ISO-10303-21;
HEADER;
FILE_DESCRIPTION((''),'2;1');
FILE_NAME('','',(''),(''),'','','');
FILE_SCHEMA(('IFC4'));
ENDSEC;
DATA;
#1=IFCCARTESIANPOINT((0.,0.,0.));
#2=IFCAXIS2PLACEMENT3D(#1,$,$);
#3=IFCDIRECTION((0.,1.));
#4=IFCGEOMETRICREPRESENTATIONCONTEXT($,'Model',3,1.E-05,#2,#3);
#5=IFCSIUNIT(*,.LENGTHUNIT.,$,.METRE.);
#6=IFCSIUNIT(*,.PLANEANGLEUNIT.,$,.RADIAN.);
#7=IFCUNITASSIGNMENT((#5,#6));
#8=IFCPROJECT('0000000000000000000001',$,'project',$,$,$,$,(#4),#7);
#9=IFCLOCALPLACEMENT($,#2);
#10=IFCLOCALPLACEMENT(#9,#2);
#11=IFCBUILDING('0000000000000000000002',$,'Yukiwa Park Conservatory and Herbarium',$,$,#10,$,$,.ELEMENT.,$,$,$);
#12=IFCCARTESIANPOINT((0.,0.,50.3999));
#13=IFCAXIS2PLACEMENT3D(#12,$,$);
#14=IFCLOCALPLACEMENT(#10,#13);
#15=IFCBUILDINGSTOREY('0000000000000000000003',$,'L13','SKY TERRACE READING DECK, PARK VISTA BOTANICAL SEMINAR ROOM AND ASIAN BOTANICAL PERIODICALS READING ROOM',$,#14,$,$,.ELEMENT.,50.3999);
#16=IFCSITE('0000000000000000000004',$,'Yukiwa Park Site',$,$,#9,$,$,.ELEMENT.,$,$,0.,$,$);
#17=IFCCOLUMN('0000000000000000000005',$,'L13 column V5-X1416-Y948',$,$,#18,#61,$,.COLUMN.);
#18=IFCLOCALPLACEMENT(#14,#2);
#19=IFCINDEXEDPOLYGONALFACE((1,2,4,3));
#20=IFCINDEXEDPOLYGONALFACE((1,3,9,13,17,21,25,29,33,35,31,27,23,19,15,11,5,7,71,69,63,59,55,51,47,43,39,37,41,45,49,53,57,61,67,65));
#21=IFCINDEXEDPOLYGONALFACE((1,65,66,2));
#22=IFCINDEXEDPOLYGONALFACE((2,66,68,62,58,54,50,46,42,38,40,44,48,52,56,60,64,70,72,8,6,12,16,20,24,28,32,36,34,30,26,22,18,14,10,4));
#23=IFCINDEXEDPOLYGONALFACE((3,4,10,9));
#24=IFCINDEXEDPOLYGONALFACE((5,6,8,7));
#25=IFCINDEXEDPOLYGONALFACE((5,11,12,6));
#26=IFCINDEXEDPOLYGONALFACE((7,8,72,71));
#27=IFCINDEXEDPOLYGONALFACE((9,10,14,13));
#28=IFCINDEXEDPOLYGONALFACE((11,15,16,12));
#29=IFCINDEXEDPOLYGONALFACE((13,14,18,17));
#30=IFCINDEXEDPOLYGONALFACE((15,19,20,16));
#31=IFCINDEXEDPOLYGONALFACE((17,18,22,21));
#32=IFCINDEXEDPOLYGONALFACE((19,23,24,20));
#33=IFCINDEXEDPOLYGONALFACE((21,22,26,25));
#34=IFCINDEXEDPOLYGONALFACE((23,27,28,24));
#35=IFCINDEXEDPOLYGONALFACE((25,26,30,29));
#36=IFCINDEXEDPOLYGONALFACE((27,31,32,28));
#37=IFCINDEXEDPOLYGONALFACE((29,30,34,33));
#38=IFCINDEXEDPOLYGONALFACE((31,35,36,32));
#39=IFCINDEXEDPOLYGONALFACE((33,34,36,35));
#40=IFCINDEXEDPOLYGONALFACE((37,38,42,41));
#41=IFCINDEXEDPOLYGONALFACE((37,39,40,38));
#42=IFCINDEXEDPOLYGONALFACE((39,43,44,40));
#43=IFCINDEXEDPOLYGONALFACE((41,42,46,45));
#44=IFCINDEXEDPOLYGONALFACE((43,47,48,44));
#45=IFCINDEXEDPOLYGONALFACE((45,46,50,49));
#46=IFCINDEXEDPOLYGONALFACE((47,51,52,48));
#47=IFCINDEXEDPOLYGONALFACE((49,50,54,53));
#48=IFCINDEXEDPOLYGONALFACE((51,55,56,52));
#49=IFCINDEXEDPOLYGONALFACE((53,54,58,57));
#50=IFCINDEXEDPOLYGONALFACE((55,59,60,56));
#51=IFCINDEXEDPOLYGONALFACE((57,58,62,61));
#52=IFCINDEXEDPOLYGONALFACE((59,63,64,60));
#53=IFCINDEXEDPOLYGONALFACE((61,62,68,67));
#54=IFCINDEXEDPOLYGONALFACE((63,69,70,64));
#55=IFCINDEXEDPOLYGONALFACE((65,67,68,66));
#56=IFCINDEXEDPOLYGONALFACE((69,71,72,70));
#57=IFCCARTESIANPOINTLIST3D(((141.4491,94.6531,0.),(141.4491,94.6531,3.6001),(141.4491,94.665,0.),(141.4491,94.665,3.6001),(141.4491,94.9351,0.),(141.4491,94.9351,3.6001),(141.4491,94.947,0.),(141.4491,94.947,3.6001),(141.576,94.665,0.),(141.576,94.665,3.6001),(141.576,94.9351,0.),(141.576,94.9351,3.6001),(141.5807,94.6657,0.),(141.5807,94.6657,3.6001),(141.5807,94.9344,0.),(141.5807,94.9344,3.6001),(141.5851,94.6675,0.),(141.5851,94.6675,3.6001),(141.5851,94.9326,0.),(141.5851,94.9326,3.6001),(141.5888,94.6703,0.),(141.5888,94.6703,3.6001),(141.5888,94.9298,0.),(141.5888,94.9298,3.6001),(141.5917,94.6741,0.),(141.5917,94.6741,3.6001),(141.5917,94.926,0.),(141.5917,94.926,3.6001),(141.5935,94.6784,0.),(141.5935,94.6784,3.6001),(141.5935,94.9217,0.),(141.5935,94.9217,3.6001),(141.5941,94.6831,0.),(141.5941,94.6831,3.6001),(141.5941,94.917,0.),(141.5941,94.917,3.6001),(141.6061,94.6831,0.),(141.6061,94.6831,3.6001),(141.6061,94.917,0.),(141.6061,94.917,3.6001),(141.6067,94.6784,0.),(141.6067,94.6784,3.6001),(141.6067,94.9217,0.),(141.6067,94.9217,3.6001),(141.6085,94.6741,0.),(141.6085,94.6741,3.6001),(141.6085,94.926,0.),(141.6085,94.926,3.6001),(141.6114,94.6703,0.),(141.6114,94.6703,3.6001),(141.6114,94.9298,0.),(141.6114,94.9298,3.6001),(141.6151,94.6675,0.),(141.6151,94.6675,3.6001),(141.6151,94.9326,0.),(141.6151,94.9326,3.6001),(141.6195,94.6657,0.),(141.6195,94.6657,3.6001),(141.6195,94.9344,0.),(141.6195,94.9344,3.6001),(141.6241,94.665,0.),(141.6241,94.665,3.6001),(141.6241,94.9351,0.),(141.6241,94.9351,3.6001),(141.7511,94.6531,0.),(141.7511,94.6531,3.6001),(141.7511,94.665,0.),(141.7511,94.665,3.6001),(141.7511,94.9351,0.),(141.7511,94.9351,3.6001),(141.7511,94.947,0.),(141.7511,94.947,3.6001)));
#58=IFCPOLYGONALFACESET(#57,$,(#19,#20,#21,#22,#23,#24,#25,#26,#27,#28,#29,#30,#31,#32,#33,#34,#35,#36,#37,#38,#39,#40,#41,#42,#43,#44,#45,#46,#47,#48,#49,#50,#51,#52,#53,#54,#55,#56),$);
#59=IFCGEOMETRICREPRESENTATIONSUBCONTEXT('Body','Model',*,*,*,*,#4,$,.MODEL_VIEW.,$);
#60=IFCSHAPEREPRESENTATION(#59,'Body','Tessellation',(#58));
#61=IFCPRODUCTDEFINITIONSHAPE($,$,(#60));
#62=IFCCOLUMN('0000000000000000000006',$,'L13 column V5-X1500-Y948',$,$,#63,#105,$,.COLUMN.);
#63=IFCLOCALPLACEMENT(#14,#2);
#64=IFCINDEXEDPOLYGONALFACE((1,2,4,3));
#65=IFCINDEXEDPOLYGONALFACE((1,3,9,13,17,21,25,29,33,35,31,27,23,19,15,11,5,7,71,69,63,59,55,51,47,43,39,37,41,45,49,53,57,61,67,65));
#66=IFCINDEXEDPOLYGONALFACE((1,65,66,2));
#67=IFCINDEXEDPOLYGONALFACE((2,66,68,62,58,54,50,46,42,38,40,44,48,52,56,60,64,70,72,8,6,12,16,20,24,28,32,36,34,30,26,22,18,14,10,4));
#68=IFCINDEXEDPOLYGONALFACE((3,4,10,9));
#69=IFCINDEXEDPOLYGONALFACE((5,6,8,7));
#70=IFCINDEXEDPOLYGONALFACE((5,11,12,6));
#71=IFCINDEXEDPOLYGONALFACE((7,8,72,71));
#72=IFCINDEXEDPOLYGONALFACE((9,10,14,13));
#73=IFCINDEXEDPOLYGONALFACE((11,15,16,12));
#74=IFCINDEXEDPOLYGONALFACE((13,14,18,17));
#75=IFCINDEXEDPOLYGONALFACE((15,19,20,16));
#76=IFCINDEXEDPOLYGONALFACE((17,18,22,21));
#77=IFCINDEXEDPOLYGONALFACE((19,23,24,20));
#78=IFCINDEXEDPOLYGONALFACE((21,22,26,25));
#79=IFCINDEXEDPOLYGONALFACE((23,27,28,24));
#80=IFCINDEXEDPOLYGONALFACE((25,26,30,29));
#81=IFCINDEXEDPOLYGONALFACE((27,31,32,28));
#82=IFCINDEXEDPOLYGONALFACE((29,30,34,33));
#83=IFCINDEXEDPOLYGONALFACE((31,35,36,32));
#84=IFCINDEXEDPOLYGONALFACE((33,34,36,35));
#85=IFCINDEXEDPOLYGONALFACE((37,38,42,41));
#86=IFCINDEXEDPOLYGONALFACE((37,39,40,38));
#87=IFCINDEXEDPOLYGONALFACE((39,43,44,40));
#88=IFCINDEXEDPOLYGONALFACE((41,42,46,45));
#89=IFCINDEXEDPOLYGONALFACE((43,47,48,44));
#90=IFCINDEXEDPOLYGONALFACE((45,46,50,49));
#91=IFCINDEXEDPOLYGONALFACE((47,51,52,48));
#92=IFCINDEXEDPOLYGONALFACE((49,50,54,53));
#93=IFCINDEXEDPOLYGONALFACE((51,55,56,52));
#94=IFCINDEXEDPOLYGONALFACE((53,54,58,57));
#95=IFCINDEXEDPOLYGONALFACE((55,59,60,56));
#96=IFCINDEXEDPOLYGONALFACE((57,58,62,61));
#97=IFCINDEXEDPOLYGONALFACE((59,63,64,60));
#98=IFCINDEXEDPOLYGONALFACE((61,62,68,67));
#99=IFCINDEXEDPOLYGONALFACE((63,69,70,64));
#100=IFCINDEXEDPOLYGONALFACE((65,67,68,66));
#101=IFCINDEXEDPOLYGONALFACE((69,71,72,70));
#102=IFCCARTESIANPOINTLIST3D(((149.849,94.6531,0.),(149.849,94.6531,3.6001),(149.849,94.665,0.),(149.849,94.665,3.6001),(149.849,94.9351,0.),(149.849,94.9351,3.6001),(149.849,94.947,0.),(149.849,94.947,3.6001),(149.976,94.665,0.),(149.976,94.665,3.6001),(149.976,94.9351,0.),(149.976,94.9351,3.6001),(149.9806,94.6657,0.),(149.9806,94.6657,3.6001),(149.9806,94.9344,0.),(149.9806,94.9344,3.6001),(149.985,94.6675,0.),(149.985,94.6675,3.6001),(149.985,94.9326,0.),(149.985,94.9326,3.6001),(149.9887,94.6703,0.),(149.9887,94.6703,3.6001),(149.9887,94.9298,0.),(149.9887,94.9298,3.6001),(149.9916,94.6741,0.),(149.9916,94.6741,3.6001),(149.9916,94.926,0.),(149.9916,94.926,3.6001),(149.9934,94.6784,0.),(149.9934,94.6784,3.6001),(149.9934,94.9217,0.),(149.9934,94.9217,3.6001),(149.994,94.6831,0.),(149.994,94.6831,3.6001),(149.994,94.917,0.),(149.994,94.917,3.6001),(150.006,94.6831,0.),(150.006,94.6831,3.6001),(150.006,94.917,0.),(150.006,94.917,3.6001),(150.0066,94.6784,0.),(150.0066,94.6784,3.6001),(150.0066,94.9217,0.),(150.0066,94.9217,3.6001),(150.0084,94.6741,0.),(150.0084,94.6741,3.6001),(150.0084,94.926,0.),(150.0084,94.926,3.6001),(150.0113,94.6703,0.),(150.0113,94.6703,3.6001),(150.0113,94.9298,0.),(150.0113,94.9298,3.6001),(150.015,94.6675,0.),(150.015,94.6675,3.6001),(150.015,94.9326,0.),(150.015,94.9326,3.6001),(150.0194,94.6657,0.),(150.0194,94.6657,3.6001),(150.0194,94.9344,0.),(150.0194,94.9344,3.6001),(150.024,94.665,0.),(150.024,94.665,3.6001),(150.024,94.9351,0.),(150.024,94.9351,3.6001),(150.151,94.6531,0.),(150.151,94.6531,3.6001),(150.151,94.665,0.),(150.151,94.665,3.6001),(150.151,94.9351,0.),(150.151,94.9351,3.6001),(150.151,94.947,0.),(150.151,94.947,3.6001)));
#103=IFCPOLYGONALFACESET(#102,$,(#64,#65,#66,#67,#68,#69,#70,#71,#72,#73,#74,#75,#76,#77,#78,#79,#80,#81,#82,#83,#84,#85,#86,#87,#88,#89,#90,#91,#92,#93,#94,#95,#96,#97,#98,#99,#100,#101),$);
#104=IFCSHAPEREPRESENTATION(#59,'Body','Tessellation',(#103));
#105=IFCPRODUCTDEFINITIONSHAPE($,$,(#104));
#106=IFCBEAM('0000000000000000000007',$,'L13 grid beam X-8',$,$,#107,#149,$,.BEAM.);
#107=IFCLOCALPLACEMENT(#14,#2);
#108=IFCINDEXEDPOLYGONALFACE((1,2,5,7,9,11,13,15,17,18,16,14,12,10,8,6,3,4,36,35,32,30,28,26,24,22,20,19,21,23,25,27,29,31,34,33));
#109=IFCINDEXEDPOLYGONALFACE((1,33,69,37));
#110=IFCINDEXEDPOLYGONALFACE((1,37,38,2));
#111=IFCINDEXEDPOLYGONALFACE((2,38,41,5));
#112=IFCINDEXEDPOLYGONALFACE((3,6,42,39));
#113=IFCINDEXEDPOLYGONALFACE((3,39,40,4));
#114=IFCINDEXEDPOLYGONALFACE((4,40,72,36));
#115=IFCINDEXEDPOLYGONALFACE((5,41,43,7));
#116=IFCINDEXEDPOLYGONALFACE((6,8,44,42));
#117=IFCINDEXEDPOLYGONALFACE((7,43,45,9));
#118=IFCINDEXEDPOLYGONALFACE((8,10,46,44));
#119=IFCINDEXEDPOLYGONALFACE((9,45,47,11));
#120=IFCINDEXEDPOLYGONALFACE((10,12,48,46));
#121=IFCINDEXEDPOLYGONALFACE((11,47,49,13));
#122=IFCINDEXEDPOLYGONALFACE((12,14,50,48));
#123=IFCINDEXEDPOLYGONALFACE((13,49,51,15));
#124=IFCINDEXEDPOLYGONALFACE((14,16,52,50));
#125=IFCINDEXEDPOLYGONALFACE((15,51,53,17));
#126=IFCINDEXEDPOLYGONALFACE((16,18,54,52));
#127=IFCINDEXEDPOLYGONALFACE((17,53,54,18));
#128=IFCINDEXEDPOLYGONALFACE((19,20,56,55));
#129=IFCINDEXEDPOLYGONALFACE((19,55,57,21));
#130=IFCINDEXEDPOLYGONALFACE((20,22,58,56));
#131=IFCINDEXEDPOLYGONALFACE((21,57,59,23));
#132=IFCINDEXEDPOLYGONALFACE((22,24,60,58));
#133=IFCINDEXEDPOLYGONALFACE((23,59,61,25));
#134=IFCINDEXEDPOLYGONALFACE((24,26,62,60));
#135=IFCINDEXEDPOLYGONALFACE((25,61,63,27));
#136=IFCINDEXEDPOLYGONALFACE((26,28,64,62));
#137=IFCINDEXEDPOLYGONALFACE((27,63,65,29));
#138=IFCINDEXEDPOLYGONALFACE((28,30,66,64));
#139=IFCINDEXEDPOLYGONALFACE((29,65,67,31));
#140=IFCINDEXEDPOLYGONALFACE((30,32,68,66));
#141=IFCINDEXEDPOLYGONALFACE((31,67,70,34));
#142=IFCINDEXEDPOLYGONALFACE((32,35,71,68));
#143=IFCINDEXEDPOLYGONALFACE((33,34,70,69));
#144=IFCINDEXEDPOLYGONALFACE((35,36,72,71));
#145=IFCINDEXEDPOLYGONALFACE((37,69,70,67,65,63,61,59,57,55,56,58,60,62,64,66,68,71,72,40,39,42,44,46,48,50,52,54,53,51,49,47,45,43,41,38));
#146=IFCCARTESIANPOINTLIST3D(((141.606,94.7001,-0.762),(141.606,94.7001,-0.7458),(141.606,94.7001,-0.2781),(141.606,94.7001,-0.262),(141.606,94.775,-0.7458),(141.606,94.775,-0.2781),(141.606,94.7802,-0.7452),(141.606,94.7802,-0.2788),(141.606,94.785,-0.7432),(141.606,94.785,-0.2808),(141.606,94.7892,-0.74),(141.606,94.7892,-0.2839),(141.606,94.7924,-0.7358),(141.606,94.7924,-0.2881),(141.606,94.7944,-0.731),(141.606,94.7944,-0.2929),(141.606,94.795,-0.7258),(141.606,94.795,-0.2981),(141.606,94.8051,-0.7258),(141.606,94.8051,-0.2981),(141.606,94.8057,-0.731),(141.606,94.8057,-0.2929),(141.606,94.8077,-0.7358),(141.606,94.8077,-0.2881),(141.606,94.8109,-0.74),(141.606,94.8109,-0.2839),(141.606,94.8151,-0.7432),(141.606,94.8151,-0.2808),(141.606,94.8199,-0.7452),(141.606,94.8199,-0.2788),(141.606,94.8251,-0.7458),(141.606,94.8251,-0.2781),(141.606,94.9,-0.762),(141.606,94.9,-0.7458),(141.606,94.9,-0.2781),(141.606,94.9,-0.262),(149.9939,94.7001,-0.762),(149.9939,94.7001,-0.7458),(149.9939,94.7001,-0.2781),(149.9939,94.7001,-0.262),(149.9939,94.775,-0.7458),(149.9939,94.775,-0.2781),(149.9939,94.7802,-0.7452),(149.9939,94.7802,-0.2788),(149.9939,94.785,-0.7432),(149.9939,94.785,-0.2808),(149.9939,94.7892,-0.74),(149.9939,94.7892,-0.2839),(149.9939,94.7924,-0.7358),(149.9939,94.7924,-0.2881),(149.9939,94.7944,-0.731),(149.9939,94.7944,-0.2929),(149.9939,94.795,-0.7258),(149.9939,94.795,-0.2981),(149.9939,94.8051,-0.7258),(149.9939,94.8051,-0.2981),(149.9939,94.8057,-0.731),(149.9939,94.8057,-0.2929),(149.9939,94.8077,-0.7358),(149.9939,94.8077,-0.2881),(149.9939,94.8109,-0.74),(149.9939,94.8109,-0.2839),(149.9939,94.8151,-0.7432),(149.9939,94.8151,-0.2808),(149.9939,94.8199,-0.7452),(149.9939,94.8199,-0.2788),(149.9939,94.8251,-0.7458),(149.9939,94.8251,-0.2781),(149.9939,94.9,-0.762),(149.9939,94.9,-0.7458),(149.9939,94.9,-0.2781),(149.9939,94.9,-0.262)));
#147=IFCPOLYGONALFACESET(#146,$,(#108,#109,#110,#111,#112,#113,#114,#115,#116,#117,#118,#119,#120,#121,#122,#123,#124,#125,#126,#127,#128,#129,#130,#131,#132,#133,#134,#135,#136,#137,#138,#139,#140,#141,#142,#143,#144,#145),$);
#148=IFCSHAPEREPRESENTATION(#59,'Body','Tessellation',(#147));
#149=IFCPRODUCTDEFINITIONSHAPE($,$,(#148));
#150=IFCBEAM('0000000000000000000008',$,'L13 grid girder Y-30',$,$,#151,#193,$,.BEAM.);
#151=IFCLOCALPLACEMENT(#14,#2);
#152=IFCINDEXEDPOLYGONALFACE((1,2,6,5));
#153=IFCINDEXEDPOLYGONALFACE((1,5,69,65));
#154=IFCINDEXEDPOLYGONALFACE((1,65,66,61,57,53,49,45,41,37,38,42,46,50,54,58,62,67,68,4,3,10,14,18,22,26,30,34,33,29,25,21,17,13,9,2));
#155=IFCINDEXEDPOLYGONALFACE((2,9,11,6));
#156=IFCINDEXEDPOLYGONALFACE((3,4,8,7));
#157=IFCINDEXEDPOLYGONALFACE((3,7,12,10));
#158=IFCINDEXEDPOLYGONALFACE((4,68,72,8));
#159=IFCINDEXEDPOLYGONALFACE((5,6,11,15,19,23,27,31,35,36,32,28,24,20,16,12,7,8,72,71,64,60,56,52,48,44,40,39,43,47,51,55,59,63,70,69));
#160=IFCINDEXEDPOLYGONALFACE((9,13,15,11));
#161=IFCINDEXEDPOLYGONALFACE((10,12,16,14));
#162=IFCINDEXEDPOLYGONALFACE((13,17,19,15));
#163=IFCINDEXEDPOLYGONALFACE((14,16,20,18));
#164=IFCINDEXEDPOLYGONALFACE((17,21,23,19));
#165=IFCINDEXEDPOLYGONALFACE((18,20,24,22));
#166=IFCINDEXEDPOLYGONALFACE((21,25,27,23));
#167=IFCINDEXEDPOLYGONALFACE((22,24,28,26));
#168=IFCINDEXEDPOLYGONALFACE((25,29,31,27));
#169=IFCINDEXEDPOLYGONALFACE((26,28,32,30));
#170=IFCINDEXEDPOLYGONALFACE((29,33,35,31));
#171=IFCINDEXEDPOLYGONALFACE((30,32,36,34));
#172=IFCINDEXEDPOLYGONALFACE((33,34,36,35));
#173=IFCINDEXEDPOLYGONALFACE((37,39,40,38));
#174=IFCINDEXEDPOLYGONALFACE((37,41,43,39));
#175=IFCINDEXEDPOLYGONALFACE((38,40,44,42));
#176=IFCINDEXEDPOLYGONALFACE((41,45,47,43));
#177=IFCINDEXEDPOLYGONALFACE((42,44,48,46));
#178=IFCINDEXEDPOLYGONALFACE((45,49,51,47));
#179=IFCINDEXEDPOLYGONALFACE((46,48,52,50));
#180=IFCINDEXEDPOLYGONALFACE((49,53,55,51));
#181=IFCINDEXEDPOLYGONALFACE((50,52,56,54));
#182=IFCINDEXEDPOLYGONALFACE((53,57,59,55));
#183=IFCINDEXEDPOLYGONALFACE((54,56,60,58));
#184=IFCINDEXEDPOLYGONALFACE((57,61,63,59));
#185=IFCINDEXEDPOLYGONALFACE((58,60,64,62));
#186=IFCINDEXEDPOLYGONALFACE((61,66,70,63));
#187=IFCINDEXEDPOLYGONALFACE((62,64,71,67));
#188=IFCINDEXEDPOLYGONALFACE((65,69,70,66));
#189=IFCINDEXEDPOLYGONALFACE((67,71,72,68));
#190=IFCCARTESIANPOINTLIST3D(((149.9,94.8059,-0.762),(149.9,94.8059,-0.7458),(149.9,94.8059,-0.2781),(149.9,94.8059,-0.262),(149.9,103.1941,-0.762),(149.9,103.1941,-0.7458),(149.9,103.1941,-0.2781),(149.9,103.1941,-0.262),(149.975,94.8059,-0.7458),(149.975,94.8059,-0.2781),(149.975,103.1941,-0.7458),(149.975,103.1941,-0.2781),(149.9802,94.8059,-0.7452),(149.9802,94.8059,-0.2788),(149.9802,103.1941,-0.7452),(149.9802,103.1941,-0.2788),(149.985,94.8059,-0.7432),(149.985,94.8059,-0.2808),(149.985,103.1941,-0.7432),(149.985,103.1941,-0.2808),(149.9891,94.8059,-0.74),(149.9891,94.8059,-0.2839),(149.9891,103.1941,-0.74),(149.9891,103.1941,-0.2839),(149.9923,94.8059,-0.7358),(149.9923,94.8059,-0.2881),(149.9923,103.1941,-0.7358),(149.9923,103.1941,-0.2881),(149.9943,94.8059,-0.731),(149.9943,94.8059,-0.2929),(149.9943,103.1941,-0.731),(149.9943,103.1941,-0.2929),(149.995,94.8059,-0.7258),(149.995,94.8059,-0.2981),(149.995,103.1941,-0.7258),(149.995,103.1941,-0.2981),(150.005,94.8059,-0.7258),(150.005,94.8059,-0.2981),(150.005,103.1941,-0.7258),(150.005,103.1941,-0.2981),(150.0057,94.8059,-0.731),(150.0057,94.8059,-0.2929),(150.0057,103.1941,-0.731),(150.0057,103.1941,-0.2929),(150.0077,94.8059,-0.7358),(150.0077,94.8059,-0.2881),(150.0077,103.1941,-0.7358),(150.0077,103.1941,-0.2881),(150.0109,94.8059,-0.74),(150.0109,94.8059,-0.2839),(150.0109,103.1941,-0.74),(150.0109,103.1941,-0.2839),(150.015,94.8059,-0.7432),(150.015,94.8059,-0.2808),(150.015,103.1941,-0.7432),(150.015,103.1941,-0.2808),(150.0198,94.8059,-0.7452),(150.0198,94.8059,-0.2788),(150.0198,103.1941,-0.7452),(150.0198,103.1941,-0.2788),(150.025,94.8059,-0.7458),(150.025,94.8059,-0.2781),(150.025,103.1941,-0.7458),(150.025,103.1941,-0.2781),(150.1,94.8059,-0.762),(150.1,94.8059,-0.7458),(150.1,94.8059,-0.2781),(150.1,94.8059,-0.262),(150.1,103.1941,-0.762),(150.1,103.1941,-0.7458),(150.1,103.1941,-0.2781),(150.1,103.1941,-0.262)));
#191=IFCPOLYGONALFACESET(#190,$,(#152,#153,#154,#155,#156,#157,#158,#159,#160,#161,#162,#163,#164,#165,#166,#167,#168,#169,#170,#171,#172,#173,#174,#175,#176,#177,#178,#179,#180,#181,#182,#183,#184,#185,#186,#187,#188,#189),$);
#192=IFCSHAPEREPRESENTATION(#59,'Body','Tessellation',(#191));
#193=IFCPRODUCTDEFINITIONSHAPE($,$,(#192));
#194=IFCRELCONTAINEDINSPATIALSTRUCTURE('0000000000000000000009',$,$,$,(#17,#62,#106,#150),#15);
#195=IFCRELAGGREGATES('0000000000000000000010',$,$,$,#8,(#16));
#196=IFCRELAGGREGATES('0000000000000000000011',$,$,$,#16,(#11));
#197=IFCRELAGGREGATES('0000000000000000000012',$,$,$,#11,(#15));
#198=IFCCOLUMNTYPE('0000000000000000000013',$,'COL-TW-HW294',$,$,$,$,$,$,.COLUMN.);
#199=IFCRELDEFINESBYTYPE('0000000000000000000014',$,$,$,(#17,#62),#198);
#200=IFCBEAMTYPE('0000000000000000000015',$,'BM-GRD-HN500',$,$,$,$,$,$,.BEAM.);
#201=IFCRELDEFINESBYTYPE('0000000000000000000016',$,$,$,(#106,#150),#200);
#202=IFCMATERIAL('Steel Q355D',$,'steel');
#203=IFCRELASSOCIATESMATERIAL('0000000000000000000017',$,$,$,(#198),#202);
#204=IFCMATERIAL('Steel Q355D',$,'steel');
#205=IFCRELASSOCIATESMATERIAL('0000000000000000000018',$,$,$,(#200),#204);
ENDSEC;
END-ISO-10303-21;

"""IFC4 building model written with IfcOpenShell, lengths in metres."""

from ifc_helpers import new_model, si_unit, direction, frame, origin, origin_2d, place, context, subcontext, project, spatial, i_section, extrude, material, material_profile, profile_set, type_object, element, save


model = new_model("IFC4")

# Units and contexts
model_context = context("Model", 3, precision=1e-05, world=origin(), true_north=direction((0.0, 1.0)))
body_context = subcontext(model_context, "Body", "Model", "MODEL_VIEW")
ifc_project = project(units=[si_unit("LENGTHUNIT", "METRE"), si_unit("PLANEANGLEUNIT", "RADIAN")], contexts=[model_context])

# Site, building, storey
site_placement = place(None, origin())
site = spatial("IfcSite", under=ifc_project, at=site_placement, Name="Yukiwa Park Site", CompositionType="ELEMENT", RefElevation=0.0)
building_placement = place(site_placement, origin())
building = spatial("IfcBuilding", under=site, at=building_placement, Name="Yukiwa Park Conservatory and Herbarium", CompositionType="ELEMENT")
storey_placement = place(building_placement, frame((0.0, 0.0, 50.3999)))
storey = spatial("IfcBuildingStorey", under=building, at=storey_placement, Name="L13", Description="SKY TERRACE READING DECK, PARK VISTA BOTANICAL SEMINAR ROOM AND ASIAN BOTANICAL PERIODICALS READING ROOM", CompositionType="ELEMENT", Elevation=50.3999)

# Columns
ifc_material_1 = material(Name="Steel Q355D", Category="steel")
ifc_material_profile_1 = material_profile(ifc_material_1, i_section(OverallWidth=0.302, OverallDepth=0.2939, WebThickness=0.012, FlangeThickness=0.012, FilletRadius=0.0181, at=origin_2d()), Name="HW 294x302x12x12")
ifc_profile_set_1 = profile_set([ifc_material_profile_1], Name="Steel Q355D")
column_type = type_object("IfcColumnType", Name="COL-TW-HW294", PredefinedType="COLUMN", material=ifc_profile_set_1)
for number, where, z_axis, x_axis, name in (
    (1, (141.6001, 94.8, 0.0), (0.0, 0.0, 1.0), (1.0, 0.0, 0.0), "L13 column V5-X1416-Y948"),
    (2, (150.0, 94.8, 0.0), (0.0, 0.0, 1.0), (1.0, 0.0, 0.0), "L13 column V5-X1500-Y948"),
):
    element("IfcColumn", number, at=place(storey_placement, frame(where, z_axis=z_axis, x_axis=x_axis)), inside=storey, type_object=column_type, Name=name, PredefinedType="COLUMN", context=body_context, shape_type="SweptSolid", body=[
        extrude(i_section(OverallWidth=0.302, OverallDepth=0.2939, WebThickness=0.012, FlangeThickness=0.012, FilletRadius=0.0181, at=origin_2d()), origin(), (0.0, 0.0, 1.0), 3.6001),
    ])

# Beams
ifc_material_2 = material(Name="Steel Q355D", Category="steel")
ifc_material_profile_2 = material_profile(ifc_material_2, i_section(OverallWidth=0.2, OverallDepth=0.5, WebThickness=0.01, FlangeThickness=0.0161, FilletRadius=0.02, at=origin_2d()), Name="HN 500x200x10x16")
ifc_profile_set_2 = profile_set([ifc_material_profile_2], Name="Steel Q355D")
beam_type_1 = type_object("IfcBeamType", Name="BM-GRD-HN500", PredefinedType="BEAM", material=ifc_profile_set_2)
beam_1_placement = place(storey_placement, frame((141.606, 94.8, -0.512), z_axis=(1.0, 0.0, 0.0), x_axis=(0.0, 1.0, 0.0)))
element("IfcBeam", 3, at=beam_1_placement, inside=storey, type_object=beam_type_1, Name="L13 grid beam X-8", PredefinedType="BEAM", context=body_context, shape_type="SweptSolid", body=[
    extrude(i_section(OverallWidth=0.2, OverallDepth=0.5, WebThickness=0.01, FlangeThickness=0.0161, FilletRadius=0.02, at=origin_2d()), origin(), (0.0, 0.0, 1.0), 8.3879),
])
beam_2_placement = place(storey_placement, frame((150.0, 94.8059, -0.512), z_axis=(0.0, 1.0, 0.0), x_axis=(-1.0, 0.0, 0.0)))
element("IfcBeam", 4, at=beam_2_placement, inside=storey, type_object=beam_type_1, Name="L13 grid girder Y-30", PredefinedType="BEAM", context=body_context, shape_type="SweptSolid", body=[
    extrude(i_section(OverallWidth=0.2, OverallDepth=0.5, WebThickness=0.01, FlangeThickness=0.0161, FilletRadius=0.02, at=origin_2d()), origin(), (0.0, 0.0, 1.0), 8.3882),
])

save(model, "model.ifc")
